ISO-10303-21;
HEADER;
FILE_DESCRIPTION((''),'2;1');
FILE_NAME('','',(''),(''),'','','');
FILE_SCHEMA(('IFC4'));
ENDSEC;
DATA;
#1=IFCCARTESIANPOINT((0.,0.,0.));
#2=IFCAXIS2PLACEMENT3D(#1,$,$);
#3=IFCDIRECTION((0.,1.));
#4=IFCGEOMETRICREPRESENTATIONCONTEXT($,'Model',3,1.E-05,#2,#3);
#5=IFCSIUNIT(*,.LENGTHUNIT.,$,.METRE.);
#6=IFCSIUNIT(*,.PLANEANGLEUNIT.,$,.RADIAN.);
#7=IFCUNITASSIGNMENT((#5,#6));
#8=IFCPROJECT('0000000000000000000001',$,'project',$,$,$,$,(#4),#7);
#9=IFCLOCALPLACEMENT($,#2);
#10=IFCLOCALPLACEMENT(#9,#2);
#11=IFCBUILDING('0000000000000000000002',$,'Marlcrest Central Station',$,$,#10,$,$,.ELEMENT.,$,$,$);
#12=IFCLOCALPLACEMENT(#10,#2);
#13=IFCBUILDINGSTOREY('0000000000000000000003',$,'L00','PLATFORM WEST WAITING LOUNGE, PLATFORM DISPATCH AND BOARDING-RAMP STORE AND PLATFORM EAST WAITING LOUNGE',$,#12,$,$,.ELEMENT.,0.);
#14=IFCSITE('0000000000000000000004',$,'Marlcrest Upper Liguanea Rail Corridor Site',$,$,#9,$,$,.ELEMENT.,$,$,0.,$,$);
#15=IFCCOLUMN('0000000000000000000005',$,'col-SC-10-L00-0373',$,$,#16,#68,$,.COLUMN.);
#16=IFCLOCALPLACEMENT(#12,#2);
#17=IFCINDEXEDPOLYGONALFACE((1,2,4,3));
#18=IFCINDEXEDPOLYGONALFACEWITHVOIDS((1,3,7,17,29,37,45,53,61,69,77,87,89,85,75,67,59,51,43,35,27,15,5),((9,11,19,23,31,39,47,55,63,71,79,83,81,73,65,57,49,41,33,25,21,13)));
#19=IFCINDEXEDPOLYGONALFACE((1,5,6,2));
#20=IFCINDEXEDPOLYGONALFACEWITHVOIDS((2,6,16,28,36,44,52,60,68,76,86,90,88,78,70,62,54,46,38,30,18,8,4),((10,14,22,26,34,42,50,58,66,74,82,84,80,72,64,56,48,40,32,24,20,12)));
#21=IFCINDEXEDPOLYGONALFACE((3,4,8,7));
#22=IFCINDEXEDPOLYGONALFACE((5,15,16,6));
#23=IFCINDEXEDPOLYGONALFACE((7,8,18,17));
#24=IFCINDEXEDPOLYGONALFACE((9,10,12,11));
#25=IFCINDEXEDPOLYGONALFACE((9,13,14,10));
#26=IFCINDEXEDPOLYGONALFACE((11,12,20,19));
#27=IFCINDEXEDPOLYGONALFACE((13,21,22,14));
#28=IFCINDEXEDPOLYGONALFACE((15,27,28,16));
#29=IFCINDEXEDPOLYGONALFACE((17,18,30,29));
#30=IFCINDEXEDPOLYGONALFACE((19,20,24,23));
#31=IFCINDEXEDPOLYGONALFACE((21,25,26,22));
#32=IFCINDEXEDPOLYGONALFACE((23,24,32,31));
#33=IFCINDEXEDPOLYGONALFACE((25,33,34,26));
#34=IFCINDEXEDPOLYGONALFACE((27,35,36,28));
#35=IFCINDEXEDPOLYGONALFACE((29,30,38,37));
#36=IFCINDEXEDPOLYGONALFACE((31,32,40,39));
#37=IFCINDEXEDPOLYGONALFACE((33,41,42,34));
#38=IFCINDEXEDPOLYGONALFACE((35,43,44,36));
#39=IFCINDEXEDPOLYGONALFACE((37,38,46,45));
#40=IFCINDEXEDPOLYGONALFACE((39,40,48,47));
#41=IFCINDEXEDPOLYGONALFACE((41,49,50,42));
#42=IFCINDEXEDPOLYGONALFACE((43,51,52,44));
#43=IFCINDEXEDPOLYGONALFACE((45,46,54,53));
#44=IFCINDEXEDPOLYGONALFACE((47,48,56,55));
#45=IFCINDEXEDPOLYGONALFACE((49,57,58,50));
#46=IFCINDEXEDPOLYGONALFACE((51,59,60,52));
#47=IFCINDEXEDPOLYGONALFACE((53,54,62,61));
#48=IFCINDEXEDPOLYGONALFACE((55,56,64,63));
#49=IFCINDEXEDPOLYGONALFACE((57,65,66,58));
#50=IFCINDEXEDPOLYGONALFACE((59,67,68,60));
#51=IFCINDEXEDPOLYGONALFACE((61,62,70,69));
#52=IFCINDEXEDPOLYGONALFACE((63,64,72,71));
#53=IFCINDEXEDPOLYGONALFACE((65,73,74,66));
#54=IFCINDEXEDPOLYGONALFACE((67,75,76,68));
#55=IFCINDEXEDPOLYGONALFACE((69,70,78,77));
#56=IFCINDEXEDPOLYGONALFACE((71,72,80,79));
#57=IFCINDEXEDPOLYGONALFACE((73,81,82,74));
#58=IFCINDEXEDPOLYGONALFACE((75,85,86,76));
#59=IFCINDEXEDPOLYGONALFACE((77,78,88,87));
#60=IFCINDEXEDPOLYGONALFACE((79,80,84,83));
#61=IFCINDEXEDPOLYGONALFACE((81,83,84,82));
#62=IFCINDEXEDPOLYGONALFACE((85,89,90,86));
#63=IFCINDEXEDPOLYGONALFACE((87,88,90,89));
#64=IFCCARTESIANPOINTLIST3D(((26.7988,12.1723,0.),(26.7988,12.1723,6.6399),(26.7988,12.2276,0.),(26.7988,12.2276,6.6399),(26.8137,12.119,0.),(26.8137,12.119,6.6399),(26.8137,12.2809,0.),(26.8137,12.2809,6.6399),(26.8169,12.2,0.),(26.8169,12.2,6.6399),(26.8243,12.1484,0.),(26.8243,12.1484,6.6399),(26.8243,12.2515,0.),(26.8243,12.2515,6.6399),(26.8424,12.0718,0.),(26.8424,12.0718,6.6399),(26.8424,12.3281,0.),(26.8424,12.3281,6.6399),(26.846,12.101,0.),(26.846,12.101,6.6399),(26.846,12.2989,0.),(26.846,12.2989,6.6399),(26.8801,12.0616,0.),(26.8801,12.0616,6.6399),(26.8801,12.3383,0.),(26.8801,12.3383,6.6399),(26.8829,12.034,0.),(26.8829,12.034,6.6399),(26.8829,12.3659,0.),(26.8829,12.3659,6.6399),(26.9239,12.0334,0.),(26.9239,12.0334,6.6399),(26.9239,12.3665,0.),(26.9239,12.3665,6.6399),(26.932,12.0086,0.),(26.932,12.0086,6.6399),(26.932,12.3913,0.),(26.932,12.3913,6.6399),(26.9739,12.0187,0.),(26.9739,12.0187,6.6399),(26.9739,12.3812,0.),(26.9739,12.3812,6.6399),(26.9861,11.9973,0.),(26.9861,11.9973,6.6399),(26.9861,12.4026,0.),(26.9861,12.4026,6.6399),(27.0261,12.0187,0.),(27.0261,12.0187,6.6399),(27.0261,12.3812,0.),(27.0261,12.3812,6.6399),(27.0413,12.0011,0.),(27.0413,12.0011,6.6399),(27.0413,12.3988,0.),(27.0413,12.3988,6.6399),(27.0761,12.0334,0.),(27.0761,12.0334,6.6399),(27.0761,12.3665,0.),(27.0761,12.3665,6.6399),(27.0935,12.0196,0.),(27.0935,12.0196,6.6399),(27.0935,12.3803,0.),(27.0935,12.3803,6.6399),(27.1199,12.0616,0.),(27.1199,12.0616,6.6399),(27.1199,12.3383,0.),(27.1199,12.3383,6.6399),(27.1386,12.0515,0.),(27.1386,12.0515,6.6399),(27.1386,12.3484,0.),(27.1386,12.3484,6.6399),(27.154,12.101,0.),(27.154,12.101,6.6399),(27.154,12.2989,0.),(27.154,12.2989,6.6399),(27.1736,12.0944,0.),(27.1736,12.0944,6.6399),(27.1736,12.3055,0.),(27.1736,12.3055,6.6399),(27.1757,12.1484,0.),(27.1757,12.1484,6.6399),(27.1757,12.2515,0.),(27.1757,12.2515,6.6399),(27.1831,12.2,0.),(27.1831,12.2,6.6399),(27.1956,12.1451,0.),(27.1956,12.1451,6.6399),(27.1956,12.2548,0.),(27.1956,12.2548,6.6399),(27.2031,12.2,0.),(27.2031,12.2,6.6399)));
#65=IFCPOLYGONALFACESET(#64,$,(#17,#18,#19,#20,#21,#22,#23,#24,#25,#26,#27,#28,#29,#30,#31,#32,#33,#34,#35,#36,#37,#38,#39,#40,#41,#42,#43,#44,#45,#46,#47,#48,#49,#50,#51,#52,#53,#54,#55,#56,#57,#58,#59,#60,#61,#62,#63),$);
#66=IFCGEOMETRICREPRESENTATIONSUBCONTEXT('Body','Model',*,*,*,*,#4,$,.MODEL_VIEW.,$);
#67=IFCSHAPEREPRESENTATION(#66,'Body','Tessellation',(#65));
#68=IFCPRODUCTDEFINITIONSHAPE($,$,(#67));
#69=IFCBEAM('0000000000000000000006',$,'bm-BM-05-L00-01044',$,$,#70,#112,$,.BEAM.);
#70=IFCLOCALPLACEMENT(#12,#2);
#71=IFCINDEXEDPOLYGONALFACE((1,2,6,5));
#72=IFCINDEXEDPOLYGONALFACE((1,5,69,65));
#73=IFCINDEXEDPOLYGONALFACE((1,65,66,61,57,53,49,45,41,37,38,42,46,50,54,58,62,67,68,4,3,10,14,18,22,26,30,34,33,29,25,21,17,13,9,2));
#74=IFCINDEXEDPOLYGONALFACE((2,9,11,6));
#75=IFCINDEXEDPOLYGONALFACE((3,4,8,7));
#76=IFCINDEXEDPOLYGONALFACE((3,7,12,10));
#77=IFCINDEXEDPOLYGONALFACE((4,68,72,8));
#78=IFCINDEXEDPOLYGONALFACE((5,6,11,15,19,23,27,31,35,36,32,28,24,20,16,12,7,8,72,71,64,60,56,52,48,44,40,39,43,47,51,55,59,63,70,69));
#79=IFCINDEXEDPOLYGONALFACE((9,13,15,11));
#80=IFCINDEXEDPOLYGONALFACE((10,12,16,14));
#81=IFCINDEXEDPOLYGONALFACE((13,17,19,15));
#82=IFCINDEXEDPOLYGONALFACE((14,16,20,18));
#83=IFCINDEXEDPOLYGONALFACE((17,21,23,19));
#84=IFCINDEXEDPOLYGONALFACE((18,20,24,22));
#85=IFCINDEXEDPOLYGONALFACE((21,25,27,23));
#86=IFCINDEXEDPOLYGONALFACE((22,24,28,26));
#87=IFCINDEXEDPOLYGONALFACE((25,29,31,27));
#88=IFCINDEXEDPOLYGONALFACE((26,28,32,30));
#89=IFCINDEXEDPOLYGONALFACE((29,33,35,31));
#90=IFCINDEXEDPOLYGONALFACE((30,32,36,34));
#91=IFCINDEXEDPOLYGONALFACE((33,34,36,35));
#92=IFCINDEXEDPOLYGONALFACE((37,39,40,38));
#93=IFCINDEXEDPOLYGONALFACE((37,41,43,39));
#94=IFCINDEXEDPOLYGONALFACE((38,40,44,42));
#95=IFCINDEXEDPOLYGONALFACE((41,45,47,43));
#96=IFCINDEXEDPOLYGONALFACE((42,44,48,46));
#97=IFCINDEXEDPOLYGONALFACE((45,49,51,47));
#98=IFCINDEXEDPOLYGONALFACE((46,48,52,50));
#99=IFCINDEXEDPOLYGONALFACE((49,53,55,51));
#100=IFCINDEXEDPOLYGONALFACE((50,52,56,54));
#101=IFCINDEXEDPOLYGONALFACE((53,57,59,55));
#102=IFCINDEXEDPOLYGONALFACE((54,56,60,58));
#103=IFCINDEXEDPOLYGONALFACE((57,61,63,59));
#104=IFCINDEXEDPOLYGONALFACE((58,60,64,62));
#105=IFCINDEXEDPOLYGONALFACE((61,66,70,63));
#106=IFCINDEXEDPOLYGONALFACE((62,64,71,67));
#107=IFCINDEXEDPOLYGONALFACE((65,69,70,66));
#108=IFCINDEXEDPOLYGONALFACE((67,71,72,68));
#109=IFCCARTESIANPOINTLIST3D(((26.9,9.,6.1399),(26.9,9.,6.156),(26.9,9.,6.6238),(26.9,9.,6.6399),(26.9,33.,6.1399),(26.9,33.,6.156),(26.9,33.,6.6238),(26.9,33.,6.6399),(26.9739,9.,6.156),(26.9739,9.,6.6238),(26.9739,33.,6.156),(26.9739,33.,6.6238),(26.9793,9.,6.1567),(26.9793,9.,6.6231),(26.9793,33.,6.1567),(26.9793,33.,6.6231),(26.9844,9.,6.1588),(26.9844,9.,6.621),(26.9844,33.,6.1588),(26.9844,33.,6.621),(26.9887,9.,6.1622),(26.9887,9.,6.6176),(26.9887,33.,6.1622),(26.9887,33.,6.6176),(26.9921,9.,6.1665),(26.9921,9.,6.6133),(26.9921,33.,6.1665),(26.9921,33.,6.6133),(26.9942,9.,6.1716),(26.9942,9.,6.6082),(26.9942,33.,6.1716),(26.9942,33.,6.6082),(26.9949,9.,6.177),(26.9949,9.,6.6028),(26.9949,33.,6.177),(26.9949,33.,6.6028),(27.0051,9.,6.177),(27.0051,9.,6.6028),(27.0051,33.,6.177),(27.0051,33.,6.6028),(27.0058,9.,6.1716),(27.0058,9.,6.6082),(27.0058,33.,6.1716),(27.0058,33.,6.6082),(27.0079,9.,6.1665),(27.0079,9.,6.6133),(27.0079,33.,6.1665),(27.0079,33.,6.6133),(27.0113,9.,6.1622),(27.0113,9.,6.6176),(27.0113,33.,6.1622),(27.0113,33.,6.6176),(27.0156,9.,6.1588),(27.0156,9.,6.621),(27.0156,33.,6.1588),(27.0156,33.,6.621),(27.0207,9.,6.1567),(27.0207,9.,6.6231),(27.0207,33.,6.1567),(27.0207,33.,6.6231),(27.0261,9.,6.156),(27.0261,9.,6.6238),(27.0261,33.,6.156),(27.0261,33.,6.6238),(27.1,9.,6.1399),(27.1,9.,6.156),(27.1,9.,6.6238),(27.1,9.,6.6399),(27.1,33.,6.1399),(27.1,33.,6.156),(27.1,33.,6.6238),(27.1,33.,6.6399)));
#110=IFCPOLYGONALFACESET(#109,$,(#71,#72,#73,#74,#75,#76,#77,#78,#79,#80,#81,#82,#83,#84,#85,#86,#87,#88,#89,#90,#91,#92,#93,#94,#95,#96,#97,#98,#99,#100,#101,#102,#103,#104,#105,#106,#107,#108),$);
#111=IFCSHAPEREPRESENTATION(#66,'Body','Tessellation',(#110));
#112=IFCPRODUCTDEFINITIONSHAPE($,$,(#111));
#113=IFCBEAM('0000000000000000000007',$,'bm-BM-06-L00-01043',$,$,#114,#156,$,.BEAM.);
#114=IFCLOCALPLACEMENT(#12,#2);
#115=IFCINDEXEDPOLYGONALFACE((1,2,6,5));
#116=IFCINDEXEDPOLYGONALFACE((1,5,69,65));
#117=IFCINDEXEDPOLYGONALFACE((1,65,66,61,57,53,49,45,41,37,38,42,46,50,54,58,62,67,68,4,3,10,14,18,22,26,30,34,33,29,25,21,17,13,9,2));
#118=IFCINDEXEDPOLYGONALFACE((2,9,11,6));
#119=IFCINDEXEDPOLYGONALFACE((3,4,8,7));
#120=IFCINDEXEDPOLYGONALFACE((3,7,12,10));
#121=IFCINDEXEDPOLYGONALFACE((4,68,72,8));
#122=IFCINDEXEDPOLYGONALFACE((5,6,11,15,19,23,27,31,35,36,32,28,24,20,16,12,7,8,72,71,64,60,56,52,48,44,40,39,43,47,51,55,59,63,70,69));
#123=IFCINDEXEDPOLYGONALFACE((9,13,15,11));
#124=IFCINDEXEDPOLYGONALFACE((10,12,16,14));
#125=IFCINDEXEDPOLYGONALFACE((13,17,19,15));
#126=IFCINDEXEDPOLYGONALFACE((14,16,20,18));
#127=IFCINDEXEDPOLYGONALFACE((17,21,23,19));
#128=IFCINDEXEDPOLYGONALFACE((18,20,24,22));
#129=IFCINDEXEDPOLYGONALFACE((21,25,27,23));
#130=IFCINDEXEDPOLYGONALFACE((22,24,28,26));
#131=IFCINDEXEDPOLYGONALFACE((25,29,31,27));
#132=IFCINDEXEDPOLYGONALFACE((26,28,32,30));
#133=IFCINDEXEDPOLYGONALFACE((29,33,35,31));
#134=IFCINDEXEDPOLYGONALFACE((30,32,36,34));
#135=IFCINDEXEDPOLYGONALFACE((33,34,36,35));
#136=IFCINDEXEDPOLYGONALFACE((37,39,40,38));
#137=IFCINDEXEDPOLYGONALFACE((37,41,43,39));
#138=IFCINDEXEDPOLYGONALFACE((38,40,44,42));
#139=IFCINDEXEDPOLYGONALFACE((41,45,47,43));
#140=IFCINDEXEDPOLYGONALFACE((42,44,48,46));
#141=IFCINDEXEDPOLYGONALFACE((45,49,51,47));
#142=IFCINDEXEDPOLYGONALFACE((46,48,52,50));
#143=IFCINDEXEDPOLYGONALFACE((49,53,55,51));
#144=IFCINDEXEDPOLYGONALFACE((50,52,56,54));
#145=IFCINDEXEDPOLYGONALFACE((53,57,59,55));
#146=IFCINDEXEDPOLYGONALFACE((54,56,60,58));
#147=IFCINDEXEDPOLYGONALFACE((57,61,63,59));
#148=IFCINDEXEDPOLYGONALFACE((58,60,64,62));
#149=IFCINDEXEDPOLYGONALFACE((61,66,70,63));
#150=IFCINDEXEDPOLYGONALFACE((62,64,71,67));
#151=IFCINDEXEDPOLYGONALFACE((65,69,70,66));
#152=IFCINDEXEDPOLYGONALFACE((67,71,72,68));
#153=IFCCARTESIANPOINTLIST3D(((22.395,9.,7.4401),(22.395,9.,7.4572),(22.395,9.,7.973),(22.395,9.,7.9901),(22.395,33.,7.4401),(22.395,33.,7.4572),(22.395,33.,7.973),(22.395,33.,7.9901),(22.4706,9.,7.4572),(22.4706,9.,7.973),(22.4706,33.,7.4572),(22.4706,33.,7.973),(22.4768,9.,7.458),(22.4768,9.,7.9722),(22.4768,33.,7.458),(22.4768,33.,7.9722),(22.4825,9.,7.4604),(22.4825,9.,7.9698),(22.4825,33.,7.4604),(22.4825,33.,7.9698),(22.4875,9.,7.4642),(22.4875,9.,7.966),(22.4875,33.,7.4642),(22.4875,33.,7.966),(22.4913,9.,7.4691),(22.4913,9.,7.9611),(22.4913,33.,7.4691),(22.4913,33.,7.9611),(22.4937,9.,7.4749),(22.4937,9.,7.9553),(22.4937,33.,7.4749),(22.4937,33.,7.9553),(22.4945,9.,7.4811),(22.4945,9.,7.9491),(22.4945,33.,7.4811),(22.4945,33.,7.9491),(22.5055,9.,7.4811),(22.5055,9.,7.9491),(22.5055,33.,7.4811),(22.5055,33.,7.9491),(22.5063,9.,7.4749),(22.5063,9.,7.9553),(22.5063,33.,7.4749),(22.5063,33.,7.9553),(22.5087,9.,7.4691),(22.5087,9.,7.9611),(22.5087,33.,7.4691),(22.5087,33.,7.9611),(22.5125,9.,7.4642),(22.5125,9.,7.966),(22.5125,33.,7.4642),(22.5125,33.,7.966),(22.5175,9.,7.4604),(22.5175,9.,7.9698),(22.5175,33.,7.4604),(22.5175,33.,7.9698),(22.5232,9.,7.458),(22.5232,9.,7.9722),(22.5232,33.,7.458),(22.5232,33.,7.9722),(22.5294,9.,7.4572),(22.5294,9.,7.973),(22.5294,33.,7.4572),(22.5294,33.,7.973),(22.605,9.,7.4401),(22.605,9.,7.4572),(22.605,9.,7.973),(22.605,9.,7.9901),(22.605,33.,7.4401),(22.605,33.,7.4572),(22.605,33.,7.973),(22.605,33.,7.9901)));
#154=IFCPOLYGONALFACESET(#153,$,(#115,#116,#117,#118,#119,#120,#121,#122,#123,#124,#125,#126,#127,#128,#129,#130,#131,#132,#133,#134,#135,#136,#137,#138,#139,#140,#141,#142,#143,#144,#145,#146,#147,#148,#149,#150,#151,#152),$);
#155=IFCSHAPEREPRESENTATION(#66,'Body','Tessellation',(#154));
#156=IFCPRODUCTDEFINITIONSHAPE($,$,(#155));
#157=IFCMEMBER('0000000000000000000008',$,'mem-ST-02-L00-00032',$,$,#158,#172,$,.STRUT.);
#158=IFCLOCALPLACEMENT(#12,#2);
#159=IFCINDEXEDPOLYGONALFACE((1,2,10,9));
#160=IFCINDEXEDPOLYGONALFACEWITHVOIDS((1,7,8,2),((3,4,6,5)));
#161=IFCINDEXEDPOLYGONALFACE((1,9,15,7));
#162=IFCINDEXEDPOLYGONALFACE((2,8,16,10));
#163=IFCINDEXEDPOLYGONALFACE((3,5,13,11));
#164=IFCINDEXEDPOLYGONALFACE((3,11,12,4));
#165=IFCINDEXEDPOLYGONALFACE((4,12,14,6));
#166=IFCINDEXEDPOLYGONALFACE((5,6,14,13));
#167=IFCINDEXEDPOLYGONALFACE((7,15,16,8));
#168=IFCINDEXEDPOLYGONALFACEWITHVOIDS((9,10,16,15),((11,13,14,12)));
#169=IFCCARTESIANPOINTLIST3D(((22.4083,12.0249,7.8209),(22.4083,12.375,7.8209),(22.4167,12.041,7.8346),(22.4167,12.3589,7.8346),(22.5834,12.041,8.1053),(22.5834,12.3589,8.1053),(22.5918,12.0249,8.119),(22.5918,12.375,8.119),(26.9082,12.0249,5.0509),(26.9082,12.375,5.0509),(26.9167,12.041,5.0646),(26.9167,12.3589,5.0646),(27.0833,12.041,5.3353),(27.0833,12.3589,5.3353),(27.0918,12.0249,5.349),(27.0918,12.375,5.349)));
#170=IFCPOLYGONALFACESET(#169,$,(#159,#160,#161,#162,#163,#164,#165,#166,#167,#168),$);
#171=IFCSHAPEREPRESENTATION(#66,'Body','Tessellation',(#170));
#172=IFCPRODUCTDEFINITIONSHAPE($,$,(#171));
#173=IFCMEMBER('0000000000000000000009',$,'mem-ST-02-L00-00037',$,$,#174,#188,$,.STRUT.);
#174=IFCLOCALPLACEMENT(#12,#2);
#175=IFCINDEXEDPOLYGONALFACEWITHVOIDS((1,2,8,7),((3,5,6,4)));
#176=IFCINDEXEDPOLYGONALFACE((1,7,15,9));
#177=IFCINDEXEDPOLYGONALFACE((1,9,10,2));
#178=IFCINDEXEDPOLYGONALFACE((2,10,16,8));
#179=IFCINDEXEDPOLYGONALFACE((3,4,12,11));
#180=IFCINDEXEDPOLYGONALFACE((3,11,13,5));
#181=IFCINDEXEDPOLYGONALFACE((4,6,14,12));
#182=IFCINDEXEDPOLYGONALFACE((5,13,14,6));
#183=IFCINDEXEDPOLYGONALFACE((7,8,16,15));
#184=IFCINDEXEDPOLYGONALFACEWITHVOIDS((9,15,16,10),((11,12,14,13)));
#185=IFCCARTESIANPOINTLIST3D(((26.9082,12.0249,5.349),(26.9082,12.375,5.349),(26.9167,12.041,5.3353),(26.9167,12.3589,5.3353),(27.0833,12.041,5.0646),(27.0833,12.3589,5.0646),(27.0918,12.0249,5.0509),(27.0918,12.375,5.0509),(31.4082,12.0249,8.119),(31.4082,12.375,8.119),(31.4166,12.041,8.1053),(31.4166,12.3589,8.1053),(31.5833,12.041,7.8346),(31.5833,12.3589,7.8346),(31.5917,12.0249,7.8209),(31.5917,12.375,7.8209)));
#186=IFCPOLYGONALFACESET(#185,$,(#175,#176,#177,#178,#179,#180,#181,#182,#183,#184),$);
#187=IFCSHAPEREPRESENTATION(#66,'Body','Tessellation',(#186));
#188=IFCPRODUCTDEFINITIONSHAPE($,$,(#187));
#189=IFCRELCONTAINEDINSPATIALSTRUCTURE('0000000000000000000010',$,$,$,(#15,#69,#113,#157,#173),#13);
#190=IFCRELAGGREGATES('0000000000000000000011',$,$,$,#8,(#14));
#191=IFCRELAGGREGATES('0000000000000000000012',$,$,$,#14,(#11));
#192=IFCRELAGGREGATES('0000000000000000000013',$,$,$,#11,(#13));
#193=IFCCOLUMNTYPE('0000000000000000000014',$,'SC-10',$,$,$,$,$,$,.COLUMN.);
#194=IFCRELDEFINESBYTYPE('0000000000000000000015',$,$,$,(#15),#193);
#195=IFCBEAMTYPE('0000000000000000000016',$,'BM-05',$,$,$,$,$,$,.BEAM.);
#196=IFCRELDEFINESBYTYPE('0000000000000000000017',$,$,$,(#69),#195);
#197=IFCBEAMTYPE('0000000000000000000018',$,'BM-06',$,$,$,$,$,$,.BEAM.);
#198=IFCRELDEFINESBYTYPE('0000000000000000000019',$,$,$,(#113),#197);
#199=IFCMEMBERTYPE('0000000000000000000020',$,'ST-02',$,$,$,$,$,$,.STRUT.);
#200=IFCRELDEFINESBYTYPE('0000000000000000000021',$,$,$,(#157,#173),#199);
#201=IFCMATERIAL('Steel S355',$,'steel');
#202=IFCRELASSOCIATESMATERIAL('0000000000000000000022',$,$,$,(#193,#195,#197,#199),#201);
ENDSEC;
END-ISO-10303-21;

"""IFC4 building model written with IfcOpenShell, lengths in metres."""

from ifc_helpers import new_model, si_unit, direction, frame, origin, origin_2d, place, context, subcontext, project, spatial, hollow_rectangle, hollow_circle, i_section, extrude, material, material_profile, profile_set, type_object, element, save


model = new_model("IFC4")

# Units and contexts
model_context = context("Model", 3, precision=1e-05, world=origin(), true_north=direction((0.0, 1.0)))
body_context = subcontext(model_context, "Body", "Model", "MODEL_VIEW")
ifc_project = project(units=[si_unit("LENGTHUNIT", "METRE"), si_unit("PLANEANGLEUNIT", "RADIAN")], contexts=[model_context])

# Site, building, storey
site_placement = place(None, origin())
site = spatial("IfcSite", under=ifc_project, at=site_placement, Name="Marlcrest Upper Liguanea Rail Corridor Site", CompositionType="ELEMENT", RefElevation=0.0)
building_placement = place(site_placement, origin())
building = spatial("IfcBuilding", under=site, at=building_placement, Name="Marlcrest Central Station", CompositionType="ELEMENT")
storey_placement = place(building_placement, origin())
storey = spatial("IfcBuildingStorey", under=building, at=storey_placement, Name="L00", Description="PLATFORM WEST WAITING LOUNGE, PLATFORM DISPATCH AND BOARDING-RAMP STORE AND PLATFORM EAST WAITING LOUNGE", CompositionType="ELEMENT", Elevation=0.0)

# Column
ifc_material_1 = material(Name="Steel S355", Category="steel")
ifc_material_profile_1 = material_profile(ifc_material_1, hollow_circle(Radius=0.2031, WallThickness=0.02, at=origin_2d()), Name="CHS 406.4x20")
ifc_profile_set_1 = profile_set([ifc_material_profile_1], Name="Steel S355")
column_type = type_object("IfcColumnType", Name="SC-10", PredefinedType="COLUMN", material=ifc_profile_set_1)
column_placement = place(storey_placement, frame((27.0, 12.2, 0.0), z_axis=(0.0, 0.0, 1.0), x_axis=(1.0, 0.0, 0.0)))
element("IfcColumn", 1, at=column_placement, inside=storey, type_object=column_type, Name="col-SC-10-L00-0373", PredefinedType="COLUMN", context=body_context, shape_type="SweptSolid", body=[
    extrude(hollow_circle(Radius=0.2031, WallThickness=0.02, at=origin_2d()), origin(), (0.0, 0.0, 1.0), 6.6399),
])

# Beams
ifc_material_profile_2 = material_profile(ifc_material_1, i_section(OverallWidth=0.2, OverallDepth=0.5, WebThickness=0.0103, FlangeThickness=0.0161, FilletRadius=0.021, at=origin_2d()), Name="IPE 500")
ifc_profile_set_2 = profile_set([ifc_material_profile_2], Name="Steel S355")
beam_type_1 = type_object("IfcBeamType", Name="BM-05", PredefinedType="BEAM", material=ifc_profile_set_2)
beam_1_placement = place(storey_placement, frame((27.0, 9.0, 6.3899), z_axis=(0.0, 1.0, 0.0), x_axis=(-1.0, 0.0, 0.0)))
element("IfcBeam", 2, at=beam_1_placement, inside=storey, type_object=beam_type_1, Name="bm-BM-05-L00-01044", PredefinedType="BEAM", context=body_context, shape_type="SweptSolid", body=[
    extrude(i_section(OverallWidth=0.2, OverallDepth=0.5, WebThickness=0.0103, FlangeThickness=0.0161, FilletRadius=0.021, at=origin_2d()), origin(), (0.0, 0.0, 1.0), 24.0),
])
ifc_material_profile_3 = material_profile(ifc_material_1, i_section(OverallWidth=0.21, OverallDepth=0.55, WebThickness=0.011, FlangeThickness=0.0171, FilletRadius=0.0239, at=origin_2d()), Name="IPE 550")
ifc_profile_set_3 = profile_set([ifc_material_profile_3], Name="Steel S355")
beam_type_2 = type_object("IfcBeamType", Name="BM-06", PredefinedType="BEAM", material=ifc_profile_set_3)
beam_2_placement = place(storey_placement, frame((22.5, 9.0, 7.7151), z_axis=(0.0, 1.0, 0.0), x_axis=(-1.0, 0.0, 0.0)))
element("IfcBeam", 3, at=beam_2_placement, inside=storey, type_object=beam_type_2, Name="bm-BM-06-L00-01043", PredefinedType="BEAM", context=body_context, shape_type="SweptSolid", body=[
    extrude(i_section(OverallWidth=0.21, OverallDepth=0.55, WebThickness=0.011, FlangeThickness=0.0171, FilletRadius=0.0239, at=origin_2d()), origin(), (0.0, 0.0, 1.0), 24.0),
])

# Members
ifc_material_profile_4 = material_profile(ifc_material_1, hollow_rectangle(XDim=0.3501, YDim=0.3501, WallThickness=0.0161, at=origin_2d()), Name="SHS 350x350x16")
ifc_profile_set_4 = profile_set([ifc_material_profile_4], Name="Steel S355")
member_type = type_object("IfcMemberType", Name="ST-02", PredefinedType="STRUT", material=ifc_profile_set_4)
for number, where, z_axis, x_axis, name in (
    (4, (27.0, 12.2, 5.2), (-0.851592, 0.0, 0.524206), (0.0, -1.0, 0.0), "mem-ST-02-L00-00032"),
    (5, (27.0, 12.2, 5.2), (0.851592, 0.0, 0.524206), (0.0, 1.0, 0.0), "mem-ST-02-L00-00037"),
):
    element("IfcMember", number, at=place(storey_placement, frame(where, z_axis=z_axis, x_axis=x_axis)), inside=storey, type_object=member_type, Name=name, PredefinedType="STRUT", context=body_context, shape_type="SweptSolid", body=[
        extrude(hollow_rectangle(XDim=0.3501, YDim=0.3501, WallThickness=0.0161, at=origin_2d()), origin(), (0.0, 0.0, 1.0), 5.2842),
    ])

save(model, "model.ifc")
